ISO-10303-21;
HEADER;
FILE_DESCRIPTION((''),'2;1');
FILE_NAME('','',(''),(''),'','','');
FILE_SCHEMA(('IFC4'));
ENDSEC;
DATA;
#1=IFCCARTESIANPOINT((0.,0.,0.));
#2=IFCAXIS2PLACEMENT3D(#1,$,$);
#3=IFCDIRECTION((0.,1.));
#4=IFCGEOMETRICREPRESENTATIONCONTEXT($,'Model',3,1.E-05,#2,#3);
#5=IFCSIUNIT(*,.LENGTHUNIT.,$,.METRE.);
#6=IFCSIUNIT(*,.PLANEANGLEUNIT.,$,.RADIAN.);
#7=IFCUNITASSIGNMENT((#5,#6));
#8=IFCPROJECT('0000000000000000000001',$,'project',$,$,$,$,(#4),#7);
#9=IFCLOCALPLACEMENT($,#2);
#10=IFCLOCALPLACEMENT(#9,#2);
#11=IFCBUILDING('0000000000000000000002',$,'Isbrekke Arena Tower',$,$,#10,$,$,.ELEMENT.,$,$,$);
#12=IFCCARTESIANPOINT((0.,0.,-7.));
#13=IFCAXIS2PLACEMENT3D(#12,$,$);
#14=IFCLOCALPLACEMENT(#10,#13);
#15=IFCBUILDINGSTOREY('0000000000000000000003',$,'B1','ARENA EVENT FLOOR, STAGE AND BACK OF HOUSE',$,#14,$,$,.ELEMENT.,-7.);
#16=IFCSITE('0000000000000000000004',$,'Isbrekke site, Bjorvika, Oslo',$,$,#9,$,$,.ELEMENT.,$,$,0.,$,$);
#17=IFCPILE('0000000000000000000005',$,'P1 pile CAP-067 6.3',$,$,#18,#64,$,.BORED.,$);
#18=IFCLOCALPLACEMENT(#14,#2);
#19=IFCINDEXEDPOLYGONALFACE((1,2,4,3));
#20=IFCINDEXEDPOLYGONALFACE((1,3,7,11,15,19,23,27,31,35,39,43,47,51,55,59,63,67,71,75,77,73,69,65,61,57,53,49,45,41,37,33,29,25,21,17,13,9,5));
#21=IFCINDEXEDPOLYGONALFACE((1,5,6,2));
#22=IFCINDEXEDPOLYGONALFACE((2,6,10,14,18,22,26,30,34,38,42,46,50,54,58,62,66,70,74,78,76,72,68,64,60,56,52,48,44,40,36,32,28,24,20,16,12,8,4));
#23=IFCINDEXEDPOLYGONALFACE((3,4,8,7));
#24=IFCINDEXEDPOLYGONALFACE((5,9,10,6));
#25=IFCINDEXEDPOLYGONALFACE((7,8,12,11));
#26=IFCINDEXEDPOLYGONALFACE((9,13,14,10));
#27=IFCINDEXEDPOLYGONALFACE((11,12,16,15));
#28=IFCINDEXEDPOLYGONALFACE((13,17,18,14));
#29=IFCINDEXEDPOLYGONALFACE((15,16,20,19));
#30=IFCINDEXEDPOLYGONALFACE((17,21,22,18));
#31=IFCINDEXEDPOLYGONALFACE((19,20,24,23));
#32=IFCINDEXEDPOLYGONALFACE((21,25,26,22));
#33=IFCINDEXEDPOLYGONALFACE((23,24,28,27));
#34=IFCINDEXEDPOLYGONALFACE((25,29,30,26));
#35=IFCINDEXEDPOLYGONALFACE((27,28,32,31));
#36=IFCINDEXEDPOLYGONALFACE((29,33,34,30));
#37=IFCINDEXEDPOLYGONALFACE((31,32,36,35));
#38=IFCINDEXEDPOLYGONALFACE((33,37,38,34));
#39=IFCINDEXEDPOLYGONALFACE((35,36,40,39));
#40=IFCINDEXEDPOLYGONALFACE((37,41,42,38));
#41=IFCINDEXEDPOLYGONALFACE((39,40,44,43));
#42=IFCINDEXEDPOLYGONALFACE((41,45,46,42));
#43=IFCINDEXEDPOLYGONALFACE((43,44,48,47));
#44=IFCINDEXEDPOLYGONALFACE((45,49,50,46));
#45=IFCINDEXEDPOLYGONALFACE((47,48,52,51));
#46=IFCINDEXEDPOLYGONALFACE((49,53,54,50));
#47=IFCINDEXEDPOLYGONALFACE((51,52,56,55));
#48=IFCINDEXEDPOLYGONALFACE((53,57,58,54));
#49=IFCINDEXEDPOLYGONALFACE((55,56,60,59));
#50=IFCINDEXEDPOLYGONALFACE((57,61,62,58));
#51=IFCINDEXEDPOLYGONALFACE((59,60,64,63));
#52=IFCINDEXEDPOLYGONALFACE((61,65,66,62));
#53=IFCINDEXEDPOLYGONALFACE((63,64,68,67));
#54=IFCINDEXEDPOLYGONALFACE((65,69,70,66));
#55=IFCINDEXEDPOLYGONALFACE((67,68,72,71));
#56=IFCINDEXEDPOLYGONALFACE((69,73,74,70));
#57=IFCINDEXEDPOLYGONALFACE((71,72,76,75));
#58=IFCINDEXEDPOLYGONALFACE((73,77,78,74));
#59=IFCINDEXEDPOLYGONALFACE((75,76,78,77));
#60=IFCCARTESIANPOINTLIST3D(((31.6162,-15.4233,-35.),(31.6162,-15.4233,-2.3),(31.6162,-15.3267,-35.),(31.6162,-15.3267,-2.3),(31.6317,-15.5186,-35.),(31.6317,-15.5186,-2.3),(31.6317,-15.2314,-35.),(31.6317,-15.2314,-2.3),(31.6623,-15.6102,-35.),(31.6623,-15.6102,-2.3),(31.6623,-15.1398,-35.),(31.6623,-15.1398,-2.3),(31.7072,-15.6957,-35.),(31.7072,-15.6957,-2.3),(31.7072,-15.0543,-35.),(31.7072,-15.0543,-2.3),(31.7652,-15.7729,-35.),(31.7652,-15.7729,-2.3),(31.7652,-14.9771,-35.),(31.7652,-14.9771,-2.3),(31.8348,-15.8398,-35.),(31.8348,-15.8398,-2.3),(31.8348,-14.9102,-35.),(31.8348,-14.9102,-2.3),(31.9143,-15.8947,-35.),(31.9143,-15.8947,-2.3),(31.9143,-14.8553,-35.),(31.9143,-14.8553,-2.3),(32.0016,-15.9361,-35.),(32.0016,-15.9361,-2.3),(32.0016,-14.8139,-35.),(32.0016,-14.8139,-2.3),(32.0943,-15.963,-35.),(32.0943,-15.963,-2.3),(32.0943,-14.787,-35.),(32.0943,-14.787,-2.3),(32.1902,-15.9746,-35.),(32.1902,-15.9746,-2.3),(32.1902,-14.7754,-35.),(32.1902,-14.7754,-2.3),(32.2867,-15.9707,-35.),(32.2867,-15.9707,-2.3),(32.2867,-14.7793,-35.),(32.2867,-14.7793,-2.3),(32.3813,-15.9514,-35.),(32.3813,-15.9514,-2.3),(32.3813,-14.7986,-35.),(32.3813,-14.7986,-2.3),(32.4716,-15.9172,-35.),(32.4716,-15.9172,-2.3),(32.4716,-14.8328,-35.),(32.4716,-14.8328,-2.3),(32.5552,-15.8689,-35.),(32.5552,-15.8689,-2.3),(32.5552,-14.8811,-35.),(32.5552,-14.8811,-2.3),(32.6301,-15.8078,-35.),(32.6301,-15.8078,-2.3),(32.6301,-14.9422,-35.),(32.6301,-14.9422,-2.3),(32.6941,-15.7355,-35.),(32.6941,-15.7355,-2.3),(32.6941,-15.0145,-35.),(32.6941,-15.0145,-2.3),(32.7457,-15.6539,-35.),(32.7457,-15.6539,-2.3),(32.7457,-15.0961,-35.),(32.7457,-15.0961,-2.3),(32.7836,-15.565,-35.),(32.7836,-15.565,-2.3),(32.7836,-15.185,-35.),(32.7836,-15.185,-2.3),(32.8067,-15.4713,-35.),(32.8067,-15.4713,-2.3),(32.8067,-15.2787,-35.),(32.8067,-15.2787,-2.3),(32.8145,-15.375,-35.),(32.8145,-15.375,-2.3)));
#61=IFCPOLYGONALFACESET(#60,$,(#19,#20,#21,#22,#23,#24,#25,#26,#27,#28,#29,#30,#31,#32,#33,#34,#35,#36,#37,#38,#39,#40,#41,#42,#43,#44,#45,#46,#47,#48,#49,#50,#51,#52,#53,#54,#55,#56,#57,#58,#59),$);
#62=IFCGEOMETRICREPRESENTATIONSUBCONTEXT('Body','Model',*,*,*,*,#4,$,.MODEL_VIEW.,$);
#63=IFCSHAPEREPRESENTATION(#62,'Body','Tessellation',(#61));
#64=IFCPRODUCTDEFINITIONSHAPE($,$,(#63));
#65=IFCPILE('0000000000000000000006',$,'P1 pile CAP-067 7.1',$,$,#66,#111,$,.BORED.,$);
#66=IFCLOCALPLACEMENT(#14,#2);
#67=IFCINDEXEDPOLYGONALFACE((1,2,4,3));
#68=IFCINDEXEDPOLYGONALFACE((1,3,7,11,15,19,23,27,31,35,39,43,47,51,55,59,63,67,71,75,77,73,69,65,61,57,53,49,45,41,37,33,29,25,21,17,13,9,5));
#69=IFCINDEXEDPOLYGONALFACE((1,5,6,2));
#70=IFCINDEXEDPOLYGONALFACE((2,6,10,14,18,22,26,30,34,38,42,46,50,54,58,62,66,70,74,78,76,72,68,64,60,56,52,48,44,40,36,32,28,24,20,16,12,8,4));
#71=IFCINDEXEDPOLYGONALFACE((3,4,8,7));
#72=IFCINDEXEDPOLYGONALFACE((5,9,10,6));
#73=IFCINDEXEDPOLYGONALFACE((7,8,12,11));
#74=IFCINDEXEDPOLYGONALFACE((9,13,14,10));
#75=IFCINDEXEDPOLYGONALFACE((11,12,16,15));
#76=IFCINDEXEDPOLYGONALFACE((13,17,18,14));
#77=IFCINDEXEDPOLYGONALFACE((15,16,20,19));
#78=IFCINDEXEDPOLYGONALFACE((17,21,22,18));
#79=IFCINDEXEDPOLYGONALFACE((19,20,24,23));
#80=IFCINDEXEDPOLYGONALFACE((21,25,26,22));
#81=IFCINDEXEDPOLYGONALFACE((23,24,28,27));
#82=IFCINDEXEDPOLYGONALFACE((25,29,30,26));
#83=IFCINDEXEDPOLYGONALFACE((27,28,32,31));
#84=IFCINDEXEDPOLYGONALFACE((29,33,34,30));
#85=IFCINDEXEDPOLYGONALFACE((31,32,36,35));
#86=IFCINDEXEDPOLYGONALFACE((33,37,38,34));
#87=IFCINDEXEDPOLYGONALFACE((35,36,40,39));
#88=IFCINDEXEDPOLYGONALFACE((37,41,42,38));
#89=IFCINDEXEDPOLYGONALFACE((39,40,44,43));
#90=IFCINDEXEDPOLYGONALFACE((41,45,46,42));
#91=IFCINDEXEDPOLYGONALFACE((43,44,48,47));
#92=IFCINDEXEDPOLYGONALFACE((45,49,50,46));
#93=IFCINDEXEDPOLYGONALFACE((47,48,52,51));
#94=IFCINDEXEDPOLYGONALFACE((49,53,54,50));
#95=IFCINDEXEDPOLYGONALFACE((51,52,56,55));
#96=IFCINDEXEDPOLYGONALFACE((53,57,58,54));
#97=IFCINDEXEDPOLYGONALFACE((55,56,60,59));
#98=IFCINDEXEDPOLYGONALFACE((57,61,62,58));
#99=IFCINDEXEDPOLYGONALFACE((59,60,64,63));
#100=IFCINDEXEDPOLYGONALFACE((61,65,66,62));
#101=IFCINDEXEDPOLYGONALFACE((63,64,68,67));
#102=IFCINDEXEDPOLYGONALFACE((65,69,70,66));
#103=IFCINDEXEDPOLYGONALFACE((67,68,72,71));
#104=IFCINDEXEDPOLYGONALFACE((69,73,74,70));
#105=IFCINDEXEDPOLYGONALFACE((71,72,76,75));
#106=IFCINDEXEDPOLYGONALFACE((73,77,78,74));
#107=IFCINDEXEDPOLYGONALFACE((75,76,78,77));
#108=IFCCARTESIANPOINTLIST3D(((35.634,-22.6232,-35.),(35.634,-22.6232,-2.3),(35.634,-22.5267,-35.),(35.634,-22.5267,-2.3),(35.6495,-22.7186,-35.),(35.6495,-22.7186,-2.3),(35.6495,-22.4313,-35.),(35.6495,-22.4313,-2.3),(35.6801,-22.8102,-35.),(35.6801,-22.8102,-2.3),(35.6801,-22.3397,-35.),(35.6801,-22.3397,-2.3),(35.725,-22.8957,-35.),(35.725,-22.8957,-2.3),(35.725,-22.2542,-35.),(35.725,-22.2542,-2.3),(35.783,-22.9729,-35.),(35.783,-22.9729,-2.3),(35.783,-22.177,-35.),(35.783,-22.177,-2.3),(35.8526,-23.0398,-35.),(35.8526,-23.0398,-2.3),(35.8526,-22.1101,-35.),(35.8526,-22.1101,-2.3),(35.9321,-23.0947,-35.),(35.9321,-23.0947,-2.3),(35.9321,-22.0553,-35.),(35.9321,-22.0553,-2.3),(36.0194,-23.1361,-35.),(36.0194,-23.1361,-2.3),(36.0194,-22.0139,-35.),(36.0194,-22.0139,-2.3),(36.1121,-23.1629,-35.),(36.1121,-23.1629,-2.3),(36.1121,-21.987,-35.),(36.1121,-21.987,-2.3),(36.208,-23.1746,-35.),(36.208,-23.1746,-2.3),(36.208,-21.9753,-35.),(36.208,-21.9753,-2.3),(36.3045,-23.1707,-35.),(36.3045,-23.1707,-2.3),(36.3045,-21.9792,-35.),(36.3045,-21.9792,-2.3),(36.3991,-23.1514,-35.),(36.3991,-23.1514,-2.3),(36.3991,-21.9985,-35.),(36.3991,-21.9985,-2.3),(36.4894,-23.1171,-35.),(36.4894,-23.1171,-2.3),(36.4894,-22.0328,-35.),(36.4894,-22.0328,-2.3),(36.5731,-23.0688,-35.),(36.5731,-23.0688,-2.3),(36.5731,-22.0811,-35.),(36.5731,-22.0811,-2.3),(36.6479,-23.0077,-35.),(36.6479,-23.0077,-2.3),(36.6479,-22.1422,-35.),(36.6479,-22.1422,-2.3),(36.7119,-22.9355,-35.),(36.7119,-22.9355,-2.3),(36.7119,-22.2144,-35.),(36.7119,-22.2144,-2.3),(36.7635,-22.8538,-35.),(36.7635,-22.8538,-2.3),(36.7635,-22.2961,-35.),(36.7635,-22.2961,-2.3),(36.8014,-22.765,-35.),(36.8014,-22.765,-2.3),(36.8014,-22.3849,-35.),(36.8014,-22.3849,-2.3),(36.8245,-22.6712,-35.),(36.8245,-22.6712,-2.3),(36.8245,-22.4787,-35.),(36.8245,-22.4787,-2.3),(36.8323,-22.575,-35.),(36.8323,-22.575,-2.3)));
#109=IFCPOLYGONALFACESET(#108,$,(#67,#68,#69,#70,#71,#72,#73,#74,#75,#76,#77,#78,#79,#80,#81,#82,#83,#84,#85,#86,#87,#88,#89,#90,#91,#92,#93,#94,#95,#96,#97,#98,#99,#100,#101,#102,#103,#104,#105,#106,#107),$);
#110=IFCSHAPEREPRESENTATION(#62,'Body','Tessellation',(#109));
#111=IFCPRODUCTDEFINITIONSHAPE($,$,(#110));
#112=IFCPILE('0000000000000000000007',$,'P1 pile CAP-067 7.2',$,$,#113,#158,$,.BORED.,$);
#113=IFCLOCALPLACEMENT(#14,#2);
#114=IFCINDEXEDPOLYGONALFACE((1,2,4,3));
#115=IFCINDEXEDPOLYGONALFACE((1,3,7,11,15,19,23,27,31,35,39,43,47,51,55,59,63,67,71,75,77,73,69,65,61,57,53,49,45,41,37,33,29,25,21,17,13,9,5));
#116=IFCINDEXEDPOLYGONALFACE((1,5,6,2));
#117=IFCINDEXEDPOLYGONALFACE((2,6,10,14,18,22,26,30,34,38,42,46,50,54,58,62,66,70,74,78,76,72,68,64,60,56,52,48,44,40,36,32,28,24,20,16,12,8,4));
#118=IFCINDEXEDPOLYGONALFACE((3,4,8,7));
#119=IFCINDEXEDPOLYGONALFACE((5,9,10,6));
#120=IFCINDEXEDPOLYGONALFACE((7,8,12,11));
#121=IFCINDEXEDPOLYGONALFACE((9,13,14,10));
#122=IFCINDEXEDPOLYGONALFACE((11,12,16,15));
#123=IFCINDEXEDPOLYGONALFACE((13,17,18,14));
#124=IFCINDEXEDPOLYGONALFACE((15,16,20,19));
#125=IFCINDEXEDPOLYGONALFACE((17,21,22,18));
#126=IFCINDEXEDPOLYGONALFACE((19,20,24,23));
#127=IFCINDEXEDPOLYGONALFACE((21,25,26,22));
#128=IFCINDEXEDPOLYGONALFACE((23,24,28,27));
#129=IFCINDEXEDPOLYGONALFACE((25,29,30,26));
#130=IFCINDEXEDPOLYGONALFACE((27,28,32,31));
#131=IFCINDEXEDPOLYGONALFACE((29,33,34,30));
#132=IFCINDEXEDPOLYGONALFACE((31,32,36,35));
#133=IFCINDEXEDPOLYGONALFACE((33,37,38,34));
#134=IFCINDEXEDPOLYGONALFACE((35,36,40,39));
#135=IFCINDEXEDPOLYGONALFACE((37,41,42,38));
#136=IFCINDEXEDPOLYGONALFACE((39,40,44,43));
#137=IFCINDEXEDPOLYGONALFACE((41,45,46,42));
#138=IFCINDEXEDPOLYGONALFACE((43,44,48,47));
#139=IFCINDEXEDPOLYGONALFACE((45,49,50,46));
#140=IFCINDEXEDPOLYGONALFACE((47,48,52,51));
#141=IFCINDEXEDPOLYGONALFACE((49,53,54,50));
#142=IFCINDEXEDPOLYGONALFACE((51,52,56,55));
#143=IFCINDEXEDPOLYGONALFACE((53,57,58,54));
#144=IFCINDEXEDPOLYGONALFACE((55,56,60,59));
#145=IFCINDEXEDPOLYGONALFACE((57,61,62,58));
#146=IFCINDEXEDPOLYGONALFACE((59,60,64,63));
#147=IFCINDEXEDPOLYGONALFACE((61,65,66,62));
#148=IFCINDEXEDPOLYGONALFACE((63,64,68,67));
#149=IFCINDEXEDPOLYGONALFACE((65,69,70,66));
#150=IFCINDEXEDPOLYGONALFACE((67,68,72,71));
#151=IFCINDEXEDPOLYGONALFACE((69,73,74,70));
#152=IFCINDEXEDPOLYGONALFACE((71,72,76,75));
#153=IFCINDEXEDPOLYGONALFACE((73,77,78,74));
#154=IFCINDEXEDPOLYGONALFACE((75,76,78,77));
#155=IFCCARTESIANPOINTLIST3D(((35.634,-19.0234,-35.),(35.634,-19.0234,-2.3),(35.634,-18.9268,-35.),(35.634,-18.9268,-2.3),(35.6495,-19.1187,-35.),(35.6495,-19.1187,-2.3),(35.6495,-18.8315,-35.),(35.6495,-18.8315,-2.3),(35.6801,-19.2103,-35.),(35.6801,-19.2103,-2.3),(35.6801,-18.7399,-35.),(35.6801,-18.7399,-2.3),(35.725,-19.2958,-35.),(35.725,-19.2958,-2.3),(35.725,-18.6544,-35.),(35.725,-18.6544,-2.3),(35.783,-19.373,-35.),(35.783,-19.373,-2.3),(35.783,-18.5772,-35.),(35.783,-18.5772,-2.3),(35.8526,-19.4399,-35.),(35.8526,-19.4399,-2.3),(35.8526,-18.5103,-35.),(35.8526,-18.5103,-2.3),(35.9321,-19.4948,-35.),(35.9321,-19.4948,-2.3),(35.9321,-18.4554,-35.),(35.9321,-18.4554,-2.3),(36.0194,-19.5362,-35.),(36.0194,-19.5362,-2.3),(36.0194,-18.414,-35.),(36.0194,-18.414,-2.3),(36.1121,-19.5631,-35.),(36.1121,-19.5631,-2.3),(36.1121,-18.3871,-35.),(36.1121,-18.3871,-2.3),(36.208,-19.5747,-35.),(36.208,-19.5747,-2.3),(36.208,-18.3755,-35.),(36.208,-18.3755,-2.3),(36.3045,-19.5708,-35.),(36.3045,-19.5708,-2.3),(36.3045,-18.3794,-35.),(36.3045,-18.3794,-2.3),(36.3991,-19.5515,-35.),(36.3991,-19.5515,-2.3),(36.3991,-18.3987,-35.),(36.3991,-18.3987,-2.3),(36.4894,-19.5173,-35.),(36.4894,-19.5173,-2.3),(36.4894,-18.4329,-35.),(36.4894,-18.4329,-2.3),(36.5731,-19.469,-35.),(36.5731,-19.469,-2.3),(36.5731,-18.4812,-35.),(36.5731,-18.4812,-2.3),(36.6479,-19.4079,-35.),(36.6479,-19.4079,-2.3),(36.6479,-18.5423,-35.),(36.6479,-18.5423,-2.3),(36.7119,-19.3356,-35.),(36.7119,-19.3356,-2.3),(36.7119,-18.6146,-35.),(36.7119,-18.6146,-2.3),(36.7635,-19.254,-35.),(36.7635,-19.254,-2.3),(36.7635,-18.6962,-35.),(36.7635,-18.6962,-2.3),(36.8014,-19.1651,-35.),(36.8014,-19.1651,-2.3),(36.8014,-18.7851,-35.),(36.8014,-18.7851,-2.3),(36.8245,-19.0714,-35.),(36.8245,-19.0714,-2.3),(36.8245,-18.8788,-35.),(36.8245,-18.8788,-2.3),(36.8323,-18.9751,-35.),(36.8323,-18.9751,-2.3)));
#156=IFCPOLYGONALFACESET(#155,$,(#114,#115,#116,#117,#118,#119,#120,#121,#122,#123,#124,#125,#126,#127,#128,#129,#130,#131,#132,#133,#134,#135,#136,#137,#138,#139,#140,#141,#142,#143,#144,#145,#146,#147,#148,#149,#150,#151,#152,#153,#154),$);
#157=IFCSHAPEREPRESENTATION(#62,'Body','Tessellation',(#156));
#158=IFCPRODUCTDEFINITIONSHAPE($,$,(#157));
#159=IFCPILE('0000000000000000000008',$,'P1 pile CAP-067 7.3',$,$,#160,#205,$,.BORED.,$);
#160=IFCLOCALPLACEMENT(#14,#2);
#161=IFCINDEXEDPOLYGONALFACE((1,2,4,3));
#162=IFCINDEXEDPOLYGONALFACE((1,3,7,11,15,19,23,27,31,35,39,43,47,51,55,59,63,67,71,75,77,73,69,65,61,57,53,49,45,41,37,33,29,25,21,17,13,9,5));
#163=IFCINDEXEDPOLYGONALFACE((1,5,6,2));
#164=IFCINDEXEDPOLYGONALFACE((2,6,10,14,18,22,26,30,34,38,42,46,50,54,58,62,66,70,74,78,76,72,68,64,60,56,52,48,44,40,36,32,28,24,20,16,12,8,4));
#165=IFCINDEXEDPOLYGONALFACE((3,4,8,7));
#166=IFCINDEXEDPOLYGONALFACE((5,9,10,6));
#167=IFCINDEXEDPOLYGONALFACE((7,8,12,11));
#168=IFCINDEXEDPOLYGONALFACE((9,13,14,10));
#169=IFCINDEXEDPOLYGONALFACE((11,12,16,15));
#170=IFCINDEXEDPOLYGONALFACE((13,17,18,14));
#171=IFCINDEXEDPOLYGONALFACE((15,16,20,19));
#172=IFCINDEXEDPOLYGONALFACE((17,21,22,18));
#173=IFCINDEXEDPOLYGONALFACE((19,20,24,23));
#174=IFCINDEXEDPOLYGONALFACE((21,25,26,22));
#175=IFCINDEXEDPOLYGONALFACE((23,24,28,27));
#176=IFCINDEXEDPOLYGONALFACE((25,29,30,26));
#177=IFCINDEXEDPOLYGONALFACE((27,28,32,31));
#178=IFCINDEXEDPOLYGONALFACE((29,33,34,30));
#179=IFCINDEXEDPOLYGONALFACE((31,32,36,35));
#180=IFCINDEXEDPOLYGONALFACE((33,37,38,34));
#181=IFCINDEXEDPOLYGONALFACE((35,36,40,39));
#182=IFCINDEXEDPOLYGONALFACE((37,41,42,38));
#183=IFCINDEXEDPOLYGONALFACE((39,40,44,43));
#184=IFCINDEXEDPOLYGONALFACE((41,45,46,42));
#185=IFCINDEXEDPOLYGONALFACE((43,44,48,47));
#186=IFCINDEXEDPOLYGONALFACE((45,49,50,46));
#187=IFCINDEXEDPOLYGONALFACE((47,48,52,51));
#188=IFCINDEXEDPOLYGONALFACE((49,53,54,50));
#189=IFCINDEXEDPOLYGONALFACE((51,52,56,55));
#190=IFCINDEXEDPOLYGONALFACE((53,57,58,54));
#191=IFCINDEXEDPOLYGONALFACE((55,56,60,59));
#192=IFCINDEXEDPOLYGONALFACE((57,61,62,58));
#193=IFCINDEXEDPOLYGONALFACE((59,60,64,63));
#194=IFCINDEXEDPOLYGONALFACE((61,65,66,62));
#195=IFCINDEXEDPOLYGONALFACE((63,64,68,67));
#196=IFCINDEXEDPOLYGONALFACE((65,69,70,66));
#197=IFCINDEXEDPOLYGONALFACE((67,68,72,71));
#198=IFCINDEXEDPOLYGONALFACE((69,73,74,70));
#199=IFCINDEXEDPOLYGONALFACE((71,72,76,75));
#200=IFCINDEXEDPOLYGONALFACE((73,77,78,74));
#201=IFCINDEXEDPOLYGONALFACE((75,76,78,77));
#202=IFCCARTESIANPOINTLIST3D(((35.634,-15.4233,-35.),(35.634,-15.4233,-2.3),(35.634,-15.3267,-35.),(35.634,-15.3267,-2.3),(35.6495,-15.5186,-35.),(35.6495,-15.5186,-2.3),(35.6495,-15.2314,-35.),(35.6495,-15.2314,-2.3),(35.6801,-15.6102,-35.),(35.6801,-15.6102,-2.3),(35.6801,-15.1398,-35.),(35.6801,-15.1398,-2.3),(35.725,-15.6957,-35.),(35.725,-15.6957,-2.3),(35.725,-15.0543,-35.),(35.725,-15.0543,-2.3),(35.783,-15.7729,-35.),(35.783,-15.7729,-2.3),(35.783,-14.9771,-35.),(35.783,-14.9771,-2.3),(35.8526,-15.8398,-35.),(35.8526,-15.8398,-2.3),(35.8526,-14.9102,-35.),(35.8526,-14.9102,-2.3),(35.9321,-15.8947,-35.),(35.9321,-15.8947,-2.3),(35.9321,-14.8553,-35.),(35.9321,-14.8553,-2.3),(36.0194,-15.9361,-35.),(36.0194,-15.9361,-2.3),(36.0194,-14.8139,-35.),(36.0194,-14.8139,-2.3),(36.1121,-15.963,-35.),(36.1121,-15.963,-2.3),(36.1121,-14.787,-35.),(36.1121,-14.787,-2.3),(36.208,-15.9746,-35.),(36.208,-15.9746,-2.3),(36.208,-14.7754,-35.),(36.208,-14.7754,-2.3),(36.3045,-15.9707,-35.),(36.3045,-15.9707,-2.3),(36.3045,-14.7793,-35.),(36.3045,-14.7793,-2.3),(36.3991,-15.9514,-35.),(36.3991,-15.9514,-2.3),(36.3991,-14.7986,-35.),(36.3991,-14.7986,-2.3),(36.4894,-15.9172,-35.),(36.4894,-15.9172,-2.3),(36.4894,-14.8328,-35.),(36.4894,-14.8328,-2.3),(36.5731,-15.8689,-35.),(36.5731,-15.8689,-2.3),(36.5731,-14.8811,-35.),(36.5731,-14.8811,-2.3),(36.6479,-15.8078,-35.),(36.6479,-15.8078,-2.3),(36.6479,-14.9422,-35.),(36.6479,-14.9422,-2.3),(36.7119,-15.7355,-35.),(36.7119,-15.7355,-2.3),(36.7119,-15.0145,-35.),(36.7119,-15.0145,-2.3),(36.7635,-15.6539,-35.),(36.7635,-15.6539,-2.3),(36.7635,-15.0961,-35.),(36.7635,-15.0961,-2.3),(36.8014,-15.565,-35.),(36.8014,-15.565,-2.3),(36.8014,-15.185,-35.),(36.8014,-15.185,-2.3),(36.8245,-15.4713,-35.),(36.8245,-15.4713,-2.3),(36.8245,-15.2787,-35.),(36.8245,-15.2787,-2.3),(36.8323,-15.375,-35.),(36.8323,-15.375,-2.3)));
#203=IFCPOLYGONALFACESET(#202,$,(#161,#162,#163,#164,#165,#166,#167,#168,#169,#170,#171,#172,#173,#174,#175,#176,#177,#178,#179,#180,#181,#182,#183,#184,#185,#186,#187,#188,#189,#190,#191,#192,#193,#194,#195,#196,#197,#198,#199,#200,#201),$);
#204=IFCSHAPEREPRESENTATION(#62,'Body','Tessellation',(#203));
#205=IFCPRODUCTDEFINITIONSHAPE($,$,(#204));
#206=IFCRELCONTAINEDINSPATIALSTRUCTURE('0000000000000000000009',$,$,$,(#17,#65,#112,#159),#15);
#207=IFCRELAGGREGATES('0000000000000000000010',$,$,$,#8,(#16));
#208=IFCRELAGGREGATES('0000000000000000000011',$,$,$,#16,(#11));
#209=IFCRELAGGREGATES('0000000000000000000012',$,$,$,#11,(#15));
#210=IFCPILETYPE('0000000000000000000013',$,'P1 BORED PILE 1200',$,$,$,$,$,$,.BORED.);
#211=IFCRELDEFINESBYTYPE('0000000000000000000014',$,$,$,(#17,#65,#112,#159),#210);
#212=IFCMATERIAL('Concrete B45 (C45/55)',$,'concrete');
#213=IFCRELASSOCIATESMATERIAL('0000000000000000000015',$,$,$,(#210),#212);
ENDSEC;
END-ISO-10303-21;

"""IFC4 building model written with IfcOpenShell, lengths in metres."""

from ifc_helpers import new_model, si_unit, direction, frame, origin, origin_2d, place, context, subcontext, project, spatial, circle, extrude, material, material_profile, profile_set, type_object, element, save


model = new_model("IFC4")

# Units and contexts
model_context = context("Model", 3, precision=1e-05, world=origin(), true_north=direction((0.0, 1.0)))
body_context = subcontext(model_context, "Body", "Model", "MODEL_VIEW")
ifc_project = project(units=[si_unit("LENGTHUNIT", "METRE"), si_unit("PLANEANGLEUNIT", "RADIAN")], contexts=[model_context])

# Site, building, storey
site_placement = place(None, origin())
site = spatial("IfcSite", under=ifc_project, at=site_placement, Name="Isbrekke site, Bjorvika, Oslo", CompositionType="ELEMENT", RefElevation=0.0)
building_placement = place(site_placement, origin())
building = spatial("IfcBuilding", under=site, at=building_placement, Name="Isbrekke Arena Tower", CompositionType="ELEMENT")
storey_placement = place(building_placement, frame((0.0, 0.0, -7.0)))
storey = spatial("IfcBuildingStorey", under=building, at=storey_placement, Name="B1", Description="ARENA EVENT FLOOR, STAGE AND BACK OF HOUSE", CompositionType="ELEMENT", Elevation=-7.0)

# Piles
ifc_material_1 = material(Name="Concrete B45 (C45/55)", Category="concrete")
ifc_material_profile_1 = material_profile(ifc_material_1, circle(Radius=0.6001, at=origin_2d()), Name="BORED PILE D1200")
ifc_profile_set_1 = profile_set([ifc_material_profile_1], Name="Concrete B45 (C45/55)")
pile_type = type_object("IfcPileType", Name="P1 BORED PILE 1200", PredefinedType="BORED", material=ifc_profile_set_1)
for number, where, z_axis, x_axis, name in (
    (1, (32.2144, -15.375, -2.3), (0.0, 0.0, -1.0), (1.0, 0.0, 0.0), "P1 pile CAP-067 6.3"),
    (2, (36.2322, -22.575, -2.3), (0.0, 0.0, -1.0), (1.0, 0.0, 0.0), "P1 pile CAP-067 7.1"),
    (3, (36.2322, -18.9751, -2.3), (0.0, 0.0, -1.0), (1.0, 0.0, 0.0), "P1 pile CAP-067 7.2"),
    (4, (36.2322, -15.375, -2.3), (0.0, 0.0, -1.0), (1.0, 0.0, 0.0), "P1 pile CAP-067 7.3"),
):
    element("IfcPile", number, at=place(storey_placement, frame(where, z_axis=z_axis, x_axis=x_axis)), inside=storey, type_object=pile_type, Name=name, PredefinedType="BORED", context=body_context, shape_type="SweptSolid", body=[
        extrude(circle(Radius=0.6001, at=origin_2d()), origin(), (0.0, 0.0, 1.0), 32.7),
    ])

save(model, "model.ifc")
